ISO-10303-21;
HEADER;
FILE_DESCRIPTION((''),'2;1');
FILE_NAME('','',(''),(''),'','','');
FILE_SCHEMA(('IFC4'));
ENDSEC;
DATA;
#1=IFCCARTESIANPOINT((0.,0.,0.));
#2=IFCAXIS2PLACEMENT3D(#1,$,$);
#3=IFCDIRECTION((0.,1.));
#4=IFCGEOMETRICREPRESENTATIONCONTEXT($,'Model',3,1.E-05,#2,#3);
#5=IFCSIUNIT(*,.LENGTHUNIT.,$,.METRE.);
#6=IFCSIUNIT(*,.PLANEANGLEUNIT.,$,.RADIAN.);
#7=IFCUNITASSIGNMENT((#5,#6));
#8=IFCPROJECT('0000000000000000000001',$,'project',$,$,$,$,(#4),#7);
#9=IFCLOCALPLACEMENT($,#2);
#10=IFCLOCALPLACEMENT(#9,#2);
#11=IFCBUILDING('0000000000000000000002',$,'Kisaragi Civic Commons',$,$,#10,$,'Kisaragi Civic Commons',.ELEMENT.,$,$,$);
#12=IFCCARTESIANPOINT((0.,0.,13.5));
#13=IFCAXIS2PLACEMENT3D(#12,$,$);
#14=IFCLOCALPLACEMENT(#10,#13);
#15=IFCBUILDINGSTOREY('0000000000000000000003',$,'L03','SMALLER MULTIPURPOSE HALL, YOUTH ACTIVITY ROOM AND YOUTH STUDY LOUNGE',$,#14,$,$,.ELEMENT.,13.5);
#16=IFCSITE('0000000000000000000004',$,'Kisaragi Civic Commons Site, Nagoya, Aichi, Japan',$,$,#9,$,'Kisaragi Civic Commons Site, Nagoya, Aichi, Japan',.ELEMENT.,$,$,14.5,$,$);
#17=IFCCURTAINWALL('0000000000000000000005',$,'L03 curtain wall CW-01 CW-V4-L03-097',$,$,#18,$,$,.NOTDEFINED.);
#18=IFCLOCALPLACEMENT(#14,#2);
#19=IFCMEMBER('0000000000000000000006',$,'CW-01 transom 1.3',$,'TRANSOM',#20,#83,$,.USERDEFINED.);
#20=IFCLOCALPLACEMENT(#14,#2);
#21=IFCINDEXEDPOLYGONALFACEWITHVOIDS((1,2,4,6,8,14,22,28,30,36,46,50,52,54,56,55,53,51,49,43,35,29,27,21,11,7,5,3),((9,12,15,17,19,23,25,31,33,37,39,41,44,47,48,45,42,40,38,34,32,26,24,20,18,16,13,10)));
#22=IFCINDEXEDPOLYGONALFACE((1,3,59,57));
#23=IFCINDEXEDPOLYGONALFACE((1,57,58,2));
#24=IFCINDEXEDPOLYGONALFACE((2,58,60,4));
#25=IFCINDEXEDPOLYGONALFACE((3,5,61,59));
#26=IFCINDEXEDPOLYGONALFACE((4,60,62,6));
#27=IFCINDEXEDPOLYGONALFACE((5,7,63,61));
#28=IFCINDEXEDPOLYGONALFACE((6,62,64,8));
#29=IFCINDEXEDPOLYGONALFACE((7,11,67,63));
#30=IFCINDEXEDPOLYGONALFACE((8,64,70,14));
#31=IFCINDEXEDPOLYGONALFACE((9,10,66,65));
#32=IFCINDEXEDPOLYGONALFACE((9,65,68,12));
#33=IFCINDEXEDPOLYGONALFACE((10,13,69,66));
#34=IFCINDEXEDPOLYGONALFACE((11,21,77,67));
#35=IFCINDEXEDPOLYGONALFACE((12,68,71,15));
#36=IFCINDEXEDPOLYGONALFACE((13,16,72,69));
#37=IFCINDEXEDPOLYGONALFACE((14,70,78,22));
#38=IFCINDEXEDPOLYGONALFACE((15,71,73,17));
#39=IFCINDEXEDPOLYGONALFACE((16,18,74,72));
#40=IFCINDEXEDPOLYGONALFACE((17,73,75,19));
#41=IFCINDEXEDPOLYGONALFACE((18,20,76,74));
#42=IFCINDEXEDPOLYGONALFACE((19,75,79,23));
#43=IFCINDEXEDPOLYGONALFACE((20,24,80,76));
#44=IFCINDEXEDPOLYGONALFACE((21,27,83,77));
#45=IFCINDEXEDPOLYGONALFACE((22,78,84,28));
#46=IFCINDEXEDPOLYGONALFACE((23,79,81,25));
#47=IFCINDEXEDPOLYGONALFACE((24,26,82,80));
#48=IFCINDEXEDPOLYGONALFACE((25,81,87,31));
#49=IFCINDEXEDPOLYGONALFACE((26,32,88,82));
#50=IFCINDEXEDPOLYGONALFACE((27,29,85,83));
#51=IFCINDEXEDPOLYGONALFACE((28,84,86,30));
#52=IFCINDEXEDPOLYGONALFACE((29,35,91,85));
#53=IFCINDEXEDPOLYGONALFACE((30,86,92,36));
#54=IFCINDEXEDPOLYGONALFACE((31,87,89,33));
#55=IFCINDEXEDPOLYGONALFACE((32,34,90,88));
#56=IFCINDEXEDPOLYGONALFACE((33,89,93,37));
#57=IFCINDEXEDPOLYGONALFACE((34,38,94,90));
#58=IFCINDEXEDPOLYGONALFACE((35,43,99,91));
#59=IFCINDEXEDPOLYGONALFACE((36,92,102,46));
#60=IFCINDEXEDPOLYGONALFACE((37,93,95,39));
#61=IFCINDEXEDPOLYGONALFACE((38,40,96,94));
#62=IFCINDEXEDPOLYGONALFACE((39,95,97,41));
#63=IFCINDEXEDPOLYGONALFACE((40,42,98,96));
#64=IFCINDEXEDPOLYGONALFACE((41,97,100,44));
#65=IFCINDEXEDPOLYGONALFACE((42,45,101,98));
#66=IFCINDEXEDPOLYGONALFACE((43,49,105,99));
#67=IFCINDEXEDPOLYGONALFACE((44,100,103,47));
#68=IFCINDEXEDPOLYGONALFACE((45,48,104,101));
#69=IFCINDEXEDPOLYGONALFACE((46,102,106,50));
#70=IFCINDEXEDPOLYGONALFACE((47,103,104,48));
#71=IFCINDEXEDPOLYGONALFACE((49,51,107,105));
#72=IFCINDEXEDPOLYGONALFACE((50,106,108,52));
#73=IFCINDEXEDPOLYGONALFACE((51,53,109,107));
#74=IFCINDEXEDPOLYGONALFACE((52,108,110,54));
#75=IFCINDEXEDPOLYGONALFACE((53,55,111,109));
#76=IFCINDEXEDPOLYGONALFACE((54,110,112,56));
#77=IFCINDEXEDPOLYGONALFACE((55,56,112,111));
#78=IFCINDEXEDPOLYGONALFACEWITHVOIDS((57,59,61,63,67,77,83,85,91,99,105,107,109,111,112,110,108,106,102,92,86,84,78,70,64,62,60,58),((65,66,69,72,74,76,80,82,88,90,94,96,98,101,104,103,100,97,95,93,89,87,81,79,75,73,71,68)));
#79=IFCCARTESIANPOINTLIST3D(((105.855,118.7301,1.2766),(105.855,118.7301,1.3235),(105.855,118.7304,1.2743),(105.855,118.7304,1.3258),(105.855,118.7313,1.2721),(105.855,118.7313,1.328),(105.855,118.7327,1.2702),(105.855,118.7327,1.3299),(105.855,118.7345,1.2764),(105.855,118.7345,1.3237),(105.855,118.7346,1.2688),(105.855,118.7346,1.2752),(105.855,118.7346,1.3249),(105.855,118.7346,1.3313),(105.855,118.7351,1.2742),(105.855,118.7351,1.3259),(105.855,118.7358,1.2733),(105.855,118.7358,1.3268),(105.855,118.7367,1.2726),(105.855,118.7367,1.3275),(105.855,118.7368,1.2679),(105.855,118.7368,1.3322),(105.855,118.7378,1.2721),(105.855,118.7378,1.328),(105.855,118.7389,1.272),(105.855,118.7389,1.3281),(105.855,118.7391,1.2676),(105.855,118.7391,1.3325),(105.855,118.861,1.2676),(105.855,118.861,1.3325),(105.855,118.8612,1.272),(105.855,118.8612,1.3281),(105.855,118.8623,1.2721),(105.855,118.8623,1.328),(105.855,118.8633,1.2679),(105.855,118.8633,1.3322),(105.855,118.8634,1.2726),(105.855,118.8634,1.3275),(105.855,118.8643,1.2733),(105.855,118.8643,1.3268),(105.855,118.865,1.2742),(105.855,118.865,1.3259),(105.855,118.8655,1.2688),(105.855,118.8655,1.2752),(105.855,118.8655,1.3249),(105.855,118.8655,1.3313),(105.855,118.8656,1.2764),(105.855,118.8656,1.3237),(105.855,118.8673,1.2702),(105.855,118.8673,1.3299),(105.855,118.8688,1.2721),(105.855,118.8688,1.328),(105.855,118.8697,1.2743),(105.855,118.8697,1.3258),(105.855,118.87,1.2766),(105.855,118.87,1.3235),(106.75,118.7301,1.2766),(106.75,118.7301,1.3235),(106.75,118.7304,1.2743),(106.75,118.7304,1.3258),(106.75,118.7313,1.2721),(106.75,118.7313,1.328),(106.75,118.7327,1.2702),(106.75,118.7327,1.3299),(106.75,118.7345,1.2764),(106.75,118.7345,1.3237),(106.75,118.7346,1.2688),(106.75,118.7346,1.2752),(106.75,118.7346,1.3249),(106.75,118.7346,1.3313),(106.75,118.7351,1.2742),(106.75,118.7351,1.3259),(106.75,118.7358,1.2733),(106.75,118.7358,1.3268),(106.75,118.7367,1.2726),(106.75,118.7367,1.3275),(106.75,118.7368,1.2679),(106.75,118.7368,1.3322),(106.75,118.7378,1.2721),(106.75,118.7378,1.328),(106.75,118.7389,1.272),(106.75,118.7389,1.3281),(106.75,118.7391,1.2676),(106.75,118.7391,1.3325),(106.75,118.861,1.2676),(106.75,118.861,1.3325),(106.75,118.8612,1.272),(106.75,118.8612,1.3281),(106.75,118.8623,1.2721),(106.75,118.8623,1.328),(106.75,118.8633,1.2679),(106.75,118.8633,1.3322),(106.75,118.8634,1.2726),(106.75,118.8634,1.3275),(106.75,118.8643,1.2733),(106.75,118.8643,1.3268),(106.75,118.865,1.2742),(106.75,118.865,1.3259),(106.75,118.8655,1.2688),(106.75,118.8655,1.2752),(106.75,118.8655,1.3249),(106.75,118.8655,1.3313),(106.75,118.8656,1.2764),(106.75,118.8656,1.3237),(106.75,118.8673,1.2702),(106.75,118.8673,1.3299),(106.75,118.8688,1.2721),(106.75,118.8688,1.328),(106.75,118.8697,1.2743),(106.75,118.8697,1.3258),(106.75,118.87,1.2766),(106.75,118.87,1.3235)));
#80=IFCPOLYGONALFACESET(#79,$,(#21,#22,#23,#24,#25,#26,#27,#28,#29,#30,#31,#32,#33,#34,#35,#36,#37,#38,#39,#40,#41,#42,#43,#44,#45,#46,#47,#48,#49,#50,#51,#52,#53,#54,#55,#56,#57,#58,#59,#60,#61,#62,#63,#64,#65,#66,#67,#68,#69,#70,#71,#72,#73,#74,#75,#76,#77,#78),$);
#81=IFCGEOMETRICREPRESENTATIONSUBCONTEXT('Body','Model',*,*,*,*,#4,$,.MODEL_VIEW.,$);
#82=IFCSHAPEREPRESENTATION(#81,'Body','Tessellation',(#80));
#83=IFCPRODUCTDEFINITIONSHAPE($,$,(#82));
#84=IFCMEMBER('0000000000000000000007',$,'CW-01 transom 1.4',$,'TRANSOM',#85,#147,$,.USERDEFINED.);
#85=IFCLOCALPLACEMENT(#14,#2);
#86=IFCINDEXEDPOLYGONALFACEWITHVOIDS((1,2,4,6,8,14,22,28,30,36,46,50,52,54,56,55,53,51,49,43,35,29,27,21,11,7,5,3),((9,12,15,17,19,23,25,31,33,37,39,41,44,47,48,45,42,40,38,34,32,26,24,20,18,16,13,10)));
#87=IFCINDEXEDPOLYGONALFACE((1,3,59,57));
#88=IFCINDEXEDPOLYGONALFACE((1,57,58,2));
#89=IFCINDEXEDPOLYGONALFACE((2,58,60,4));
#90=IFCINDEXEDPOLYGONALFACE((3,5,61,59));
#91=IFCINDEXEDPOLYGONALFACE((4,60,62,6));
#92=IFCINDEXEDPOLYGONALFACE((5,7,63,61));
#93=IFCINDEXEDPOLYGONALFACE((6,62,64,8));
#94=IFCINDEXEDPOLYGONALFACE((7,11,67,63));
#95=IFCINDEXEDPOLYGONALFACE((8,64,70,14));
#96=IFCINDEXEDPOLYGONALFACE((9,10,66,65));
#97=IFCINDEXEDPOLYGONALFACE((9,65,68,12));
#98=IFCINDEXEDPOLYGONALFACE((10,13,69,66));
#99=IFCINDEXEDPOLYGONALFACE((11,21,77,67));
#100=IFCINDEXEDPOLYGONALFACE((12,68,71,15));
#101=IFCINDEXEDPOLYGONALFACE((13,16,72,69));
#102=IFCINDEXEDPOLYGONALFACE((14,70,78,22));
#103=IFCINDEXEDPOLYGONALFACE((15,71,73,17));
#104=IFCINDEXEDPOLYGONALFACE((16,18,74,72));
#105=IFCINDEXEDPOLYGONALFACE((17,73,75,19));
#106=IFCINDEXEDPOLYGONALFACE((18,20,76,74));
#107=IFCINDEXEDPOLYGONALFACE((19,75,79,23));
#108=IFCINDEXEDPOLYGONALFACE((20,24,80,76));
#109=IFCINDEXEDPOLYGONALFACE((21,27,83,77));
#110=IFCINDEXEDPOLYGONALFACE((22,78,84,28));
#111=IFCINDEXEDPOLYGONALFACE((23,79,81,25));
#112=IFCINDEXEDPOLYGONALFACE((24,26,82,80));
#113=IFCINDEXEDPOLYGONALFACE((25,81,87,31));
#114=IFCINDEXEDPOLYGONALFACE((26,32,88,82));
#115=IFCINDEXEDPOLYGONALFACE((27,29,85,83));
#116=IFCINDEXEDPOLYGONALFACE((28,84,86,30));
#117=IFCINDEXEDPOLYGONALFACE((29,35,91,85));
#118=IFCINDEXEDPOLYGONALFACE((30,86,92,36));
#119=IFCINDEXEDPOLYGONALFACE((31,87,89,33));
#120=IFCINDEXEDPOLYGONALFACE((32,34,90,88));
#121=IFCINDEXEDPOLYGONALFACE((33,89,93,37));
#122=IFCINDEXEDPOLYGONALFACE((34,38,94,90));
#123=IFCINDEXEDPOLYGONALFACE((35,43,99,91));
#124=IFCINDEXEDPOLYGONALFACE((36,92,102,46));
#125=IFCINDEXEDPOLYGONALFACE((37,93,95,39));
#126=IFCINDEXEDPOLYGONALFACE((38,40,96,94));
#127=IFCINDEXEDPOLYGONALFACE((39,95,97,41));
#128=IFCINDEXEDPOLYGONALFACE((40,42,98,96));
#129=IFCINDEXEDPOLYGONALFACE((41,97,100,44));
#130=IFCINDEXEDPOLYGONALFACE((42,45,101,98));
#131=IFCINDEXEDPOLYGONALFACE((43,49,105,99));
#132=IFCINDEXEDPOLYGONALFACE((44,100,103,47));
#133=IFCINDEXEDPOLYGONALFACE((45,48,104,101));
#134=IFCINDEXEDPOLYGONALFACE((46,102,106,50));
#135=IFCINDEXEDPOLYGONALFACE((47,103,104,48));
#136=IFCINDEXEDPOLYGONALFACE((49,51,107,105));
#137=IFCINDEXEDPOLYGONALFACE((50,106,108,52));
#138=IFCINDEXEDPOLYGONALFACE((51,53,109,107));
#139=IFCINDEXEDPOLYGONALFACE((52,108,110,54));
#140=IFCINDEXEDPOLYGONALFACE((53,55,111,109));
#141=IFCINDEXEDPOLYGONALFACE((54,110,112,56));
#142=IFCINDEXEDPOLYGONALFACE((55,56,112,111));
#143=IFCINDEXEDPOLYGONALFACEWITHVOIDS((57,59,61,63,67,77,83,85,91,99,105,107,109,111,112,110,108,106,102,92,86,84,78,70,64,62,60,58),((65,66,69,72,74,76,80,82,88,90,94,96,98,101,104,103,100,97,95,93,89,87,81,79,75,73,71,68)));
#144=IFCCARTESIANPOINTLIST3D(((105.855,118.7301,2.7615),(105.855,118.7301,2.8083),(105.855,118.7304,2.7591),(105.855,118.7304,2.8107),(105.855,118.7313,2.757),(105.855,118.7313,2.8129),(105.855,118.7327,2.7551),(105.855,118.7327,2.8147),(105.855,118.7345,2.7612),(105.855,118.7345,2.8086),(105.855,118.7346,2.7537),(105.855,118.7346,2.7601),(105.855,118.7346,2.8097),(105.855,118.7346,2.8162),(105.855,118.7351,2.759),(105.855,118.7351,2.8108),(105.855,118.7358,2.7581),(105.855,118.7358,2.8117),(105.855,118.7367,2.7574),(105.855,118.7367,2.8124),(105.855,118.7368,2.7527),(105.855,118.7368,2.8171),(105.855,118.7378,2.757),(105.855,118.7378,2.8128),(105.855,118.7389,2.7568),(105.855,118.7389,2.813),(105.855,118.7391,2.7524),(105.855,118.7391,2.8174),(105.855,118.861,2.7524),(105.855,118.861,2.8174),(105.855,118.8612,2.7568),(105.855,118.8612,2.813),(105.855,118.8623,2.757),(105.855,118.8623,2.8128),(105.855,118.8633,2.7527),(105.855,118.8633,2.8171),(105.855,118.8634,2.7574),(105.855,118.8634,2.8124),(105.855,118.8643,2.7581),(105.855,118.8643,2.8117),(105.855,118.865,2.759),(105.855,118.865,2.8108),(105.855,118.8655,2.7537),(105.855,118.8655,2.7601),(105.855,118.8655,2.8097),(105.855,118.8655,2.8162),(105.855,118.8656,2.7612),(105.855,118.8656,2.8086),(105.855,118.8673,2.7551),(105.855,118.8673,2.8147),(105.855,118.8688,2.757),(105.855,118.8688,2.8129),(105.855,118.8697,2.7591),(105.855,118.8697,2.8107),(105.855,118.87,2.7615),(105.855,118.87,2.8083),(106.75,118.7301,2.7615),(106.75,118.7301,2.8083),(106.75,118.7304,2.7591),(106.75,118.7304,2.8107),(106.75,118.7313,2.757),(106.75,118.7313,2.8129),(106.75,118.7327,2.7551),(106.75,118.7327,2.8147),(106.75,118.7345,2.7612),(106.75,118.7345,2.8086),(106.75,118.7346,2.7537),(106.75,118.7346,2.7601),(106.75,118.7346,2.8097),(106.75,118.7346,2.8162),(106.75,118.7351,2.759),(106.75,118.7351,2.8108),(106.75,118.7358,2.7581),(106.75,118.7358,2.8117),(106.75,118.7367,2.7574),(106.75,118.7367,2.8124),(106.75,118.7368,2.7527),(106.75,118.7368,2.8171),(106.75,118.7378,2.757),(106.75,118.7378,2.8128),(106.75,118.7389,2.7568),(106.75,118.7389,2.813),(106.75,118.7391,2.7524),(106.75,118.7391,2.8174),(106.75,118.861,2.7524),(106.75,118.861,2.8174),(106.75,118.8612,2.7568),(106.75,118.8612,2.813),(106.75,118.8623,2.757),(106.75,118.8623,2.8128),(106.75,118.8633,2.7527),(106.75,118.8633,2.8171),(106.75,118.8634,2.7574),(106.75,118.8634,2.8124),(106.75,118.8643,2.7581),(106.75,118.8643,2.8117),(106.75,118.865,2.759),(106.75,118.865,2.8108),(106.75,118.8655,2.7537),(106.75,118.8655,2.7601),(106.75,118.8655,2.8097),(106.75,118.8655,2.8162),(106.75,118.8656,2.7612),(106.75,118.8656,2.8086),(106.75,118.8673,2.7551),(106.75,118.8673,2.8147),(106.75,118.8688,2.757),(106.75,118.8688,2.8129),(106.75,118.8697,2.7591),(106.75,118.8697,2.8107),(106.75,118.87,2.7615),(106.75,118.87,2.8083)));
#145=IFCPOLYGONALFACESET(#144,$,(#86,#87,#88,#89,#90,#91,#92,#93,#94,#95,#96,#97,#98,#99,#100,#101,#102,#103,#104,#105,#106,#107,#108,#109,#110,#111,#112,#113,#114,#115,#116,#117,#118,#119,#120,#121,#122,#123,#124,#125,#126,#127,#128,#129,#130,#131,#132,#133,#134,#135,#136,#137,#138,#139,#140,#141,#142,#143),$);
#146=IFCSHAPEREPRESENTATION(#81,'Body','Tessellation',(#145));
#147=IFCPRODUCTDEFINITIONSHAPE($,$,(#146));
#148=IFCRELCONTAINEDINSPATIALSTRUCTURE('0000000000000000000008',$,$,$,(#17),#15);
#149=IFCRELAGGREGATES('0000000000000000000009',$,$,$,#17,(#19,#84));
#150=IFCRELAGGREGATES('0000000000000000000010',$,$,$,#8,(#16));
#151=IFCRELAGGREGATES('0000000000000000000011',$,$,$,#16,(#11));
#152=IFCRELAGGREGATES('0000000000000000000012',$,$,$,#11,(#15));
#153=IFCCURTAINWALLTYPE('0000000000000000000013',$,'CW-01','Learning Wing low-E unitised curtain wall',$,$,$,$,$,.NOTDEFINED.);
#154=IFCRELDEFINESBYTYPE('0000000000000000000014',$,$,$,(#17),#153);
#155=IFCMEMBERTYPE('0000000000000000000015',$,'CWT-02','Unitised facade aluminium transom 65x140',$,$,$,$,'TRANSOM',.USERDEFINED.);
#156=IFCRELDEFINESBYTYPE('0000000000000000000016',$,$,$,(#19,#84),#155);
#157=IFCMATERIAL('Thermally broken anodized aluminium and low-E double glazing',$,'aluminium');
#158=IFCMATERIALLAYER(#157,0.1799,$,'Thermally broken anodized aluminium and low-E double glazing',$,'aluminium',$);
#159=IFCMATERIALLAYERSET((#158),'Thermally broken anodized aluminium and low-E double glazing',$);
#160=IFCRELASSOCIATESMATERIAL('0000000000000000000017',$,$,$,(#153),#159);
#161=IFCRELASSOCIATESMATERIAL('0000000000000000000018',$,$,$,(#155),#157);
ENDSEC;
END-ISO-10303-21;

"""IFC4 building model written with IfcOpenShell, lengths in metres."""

from ifc_helpers import new_model, si_unit, direction, frame, origin, origin_2d, place, context, subcontext, project, spatial, hollow_rectangle, extrude, material, layer, layer_set, material_profile, profile_set, type_object, element, aggregate, save


model = new_model("IFC4")

# Units and contexts
model_context = context("Model", 3, precision=1e-05, world=origin(), true_north=direction((0.0, 1.0)))
body_context = subcontext(model_context, "Body", "Model", "MODEL_VIEW")
ifc_project = project(units=[si_unit("LENGTHUNIT", "METRE"), si_unit("PLANEANGLEUNIT", "RADIAN")], contexts=[model_context])

# Site, building, storey
site_placement = place(None, origin())
site = spatial("IfcSite", under=ifc_project, at=site_placement, Name="Kisaragi Civic Commons Site, Nagoya, Aichi, Japan", LongName="Kisaragi Civic Commons Site, Nagoya, Aichi, Japan", CompositionType="ELEMENT", RefElevation=14.5)
building_placement = place(site_placement, origin())
building = spatial("IfcBuilding", under=site, at=building_placement, Name="Kisaragi Civic Commons", LongName="Kisaragi Civic Commons", CompositionType="ELEMENT")
storey_placement = place(building_placement, frame((0.0, 0.0, 13.5)))
storey = spatial("IfcBuildingStorey", under=building, at=storey_placement, Name="L03", Description="SMALLER MULTIPURPOSE HALL, YOUTH ACTIVITY ROOM AND YOUTH STUDY LOUNGE", CompositionType="ELEMENT", Elevation=13.5)

# Shared definitions
ifc_material_1 = material(Name="Thermally broken anodized aluminium and low-E double glazing", Category="aluminium")
ifc_layer_1 = layer(ifc_material_1, 0.1799, Name="Thermally broken anodized aluminium and low-E double glazing", Category="aluminium")
ifc_layer_set_1 = layer_set([ifc_layer_1], Name="Thermally broken anodized aluminium and low-E double glazing")
curtain_wall_type = type_object("IfcCurtainWallType", Name="CW-01", Description="Learning Wing low-E unitised curtain wall", PredefinedType="NOTDEFINED", material=ifc_layer_set_1)

# Curtain wall
curtain_wall_1_placement = place(storey_placement, origin())
curtain_wall_1 = element("IfcCurtainWall", 1, at=curtain_wall_1_placement, inside=storey, type_object=curtain_wall_type, Name="L03 curtain wall CW-01 CW-V4-L03-097", PredefinedType="NOTDEFINED")

# Members
ifc_material_profile_1 = material_profile(ifc_material_1, hollow_rectangle(XDim=0.1399, YDim=0.0649, WallThickness=0.0044, InnerFilletRadius=0.0044, OuterFilletRadius=0.009, at=origin_2d()), Name="CWT-65x140x4.5", Category="aluminium")
ifc_profile_set_1 = profile_set([ifc_material_profile_1], Name="Thermally broken anodized aluminium and low-E double glazing")
member_type_1 = type_object("IfcMemberType", Name="CWT-02", Description="Unitised facade aluminium transom 65x140", ElementType="TRANSOM", PredefinedType="USERDEFINED", material=ifc_profile_set_1)
member_1_placement = place(storey_placement, frame((105.855, 118.8, 1.3), z_axis=(1.0, 0.0, 0.0), x_axis=(0.0, 1.0, 0.0)))
member_1 = element("IfcMember", 2, at=member_1_placement, type_object=member_type_1, Name="CW-01 transom 1.3", ObjectType="TRANSOM", PredefinedType="USERDEFINED", context=body_context, shape_type="SweptSolid", body=[
    extrude(hollow_rectangle(XDim=0.1399, YDim=0.0649, WallThickness=0.0044, InnerFilletRadius=0.0044, OuterFilletRadius=0.009, at=origin_2d()), origin(), (0.0, 0.0, 1.0), 0.895),
])
member_2_placement = place(storey_placement, frame((105.855, 118.8, 2.7849), z_axis=(1.0, 0.0, 0.0), x_axis=(0.0, 1.0, 0.0)))
member_2 = element("IfcMember", 3, at=member_2_placement, type_object=member_type_1, Name="CW-01 transom 1.4", ObjectType="TRANSOM", PredefinedType="USERDEFINED", context=body_context, shape_type="SweptSolid", body=[
    extrude(hollow_rectangle(XDim=0.1399, YDim=0.0649, WallThickness=0.0044, InnerFilletRadius=0.0044, OuterFilletRadius=0.009, at=origin_2d()), origin(), (0.0, 0.0, 1.0), 0.895),
])

aggregate(curtain_wall_1, [member_1, member_2])

save(model, "model.ifc")
